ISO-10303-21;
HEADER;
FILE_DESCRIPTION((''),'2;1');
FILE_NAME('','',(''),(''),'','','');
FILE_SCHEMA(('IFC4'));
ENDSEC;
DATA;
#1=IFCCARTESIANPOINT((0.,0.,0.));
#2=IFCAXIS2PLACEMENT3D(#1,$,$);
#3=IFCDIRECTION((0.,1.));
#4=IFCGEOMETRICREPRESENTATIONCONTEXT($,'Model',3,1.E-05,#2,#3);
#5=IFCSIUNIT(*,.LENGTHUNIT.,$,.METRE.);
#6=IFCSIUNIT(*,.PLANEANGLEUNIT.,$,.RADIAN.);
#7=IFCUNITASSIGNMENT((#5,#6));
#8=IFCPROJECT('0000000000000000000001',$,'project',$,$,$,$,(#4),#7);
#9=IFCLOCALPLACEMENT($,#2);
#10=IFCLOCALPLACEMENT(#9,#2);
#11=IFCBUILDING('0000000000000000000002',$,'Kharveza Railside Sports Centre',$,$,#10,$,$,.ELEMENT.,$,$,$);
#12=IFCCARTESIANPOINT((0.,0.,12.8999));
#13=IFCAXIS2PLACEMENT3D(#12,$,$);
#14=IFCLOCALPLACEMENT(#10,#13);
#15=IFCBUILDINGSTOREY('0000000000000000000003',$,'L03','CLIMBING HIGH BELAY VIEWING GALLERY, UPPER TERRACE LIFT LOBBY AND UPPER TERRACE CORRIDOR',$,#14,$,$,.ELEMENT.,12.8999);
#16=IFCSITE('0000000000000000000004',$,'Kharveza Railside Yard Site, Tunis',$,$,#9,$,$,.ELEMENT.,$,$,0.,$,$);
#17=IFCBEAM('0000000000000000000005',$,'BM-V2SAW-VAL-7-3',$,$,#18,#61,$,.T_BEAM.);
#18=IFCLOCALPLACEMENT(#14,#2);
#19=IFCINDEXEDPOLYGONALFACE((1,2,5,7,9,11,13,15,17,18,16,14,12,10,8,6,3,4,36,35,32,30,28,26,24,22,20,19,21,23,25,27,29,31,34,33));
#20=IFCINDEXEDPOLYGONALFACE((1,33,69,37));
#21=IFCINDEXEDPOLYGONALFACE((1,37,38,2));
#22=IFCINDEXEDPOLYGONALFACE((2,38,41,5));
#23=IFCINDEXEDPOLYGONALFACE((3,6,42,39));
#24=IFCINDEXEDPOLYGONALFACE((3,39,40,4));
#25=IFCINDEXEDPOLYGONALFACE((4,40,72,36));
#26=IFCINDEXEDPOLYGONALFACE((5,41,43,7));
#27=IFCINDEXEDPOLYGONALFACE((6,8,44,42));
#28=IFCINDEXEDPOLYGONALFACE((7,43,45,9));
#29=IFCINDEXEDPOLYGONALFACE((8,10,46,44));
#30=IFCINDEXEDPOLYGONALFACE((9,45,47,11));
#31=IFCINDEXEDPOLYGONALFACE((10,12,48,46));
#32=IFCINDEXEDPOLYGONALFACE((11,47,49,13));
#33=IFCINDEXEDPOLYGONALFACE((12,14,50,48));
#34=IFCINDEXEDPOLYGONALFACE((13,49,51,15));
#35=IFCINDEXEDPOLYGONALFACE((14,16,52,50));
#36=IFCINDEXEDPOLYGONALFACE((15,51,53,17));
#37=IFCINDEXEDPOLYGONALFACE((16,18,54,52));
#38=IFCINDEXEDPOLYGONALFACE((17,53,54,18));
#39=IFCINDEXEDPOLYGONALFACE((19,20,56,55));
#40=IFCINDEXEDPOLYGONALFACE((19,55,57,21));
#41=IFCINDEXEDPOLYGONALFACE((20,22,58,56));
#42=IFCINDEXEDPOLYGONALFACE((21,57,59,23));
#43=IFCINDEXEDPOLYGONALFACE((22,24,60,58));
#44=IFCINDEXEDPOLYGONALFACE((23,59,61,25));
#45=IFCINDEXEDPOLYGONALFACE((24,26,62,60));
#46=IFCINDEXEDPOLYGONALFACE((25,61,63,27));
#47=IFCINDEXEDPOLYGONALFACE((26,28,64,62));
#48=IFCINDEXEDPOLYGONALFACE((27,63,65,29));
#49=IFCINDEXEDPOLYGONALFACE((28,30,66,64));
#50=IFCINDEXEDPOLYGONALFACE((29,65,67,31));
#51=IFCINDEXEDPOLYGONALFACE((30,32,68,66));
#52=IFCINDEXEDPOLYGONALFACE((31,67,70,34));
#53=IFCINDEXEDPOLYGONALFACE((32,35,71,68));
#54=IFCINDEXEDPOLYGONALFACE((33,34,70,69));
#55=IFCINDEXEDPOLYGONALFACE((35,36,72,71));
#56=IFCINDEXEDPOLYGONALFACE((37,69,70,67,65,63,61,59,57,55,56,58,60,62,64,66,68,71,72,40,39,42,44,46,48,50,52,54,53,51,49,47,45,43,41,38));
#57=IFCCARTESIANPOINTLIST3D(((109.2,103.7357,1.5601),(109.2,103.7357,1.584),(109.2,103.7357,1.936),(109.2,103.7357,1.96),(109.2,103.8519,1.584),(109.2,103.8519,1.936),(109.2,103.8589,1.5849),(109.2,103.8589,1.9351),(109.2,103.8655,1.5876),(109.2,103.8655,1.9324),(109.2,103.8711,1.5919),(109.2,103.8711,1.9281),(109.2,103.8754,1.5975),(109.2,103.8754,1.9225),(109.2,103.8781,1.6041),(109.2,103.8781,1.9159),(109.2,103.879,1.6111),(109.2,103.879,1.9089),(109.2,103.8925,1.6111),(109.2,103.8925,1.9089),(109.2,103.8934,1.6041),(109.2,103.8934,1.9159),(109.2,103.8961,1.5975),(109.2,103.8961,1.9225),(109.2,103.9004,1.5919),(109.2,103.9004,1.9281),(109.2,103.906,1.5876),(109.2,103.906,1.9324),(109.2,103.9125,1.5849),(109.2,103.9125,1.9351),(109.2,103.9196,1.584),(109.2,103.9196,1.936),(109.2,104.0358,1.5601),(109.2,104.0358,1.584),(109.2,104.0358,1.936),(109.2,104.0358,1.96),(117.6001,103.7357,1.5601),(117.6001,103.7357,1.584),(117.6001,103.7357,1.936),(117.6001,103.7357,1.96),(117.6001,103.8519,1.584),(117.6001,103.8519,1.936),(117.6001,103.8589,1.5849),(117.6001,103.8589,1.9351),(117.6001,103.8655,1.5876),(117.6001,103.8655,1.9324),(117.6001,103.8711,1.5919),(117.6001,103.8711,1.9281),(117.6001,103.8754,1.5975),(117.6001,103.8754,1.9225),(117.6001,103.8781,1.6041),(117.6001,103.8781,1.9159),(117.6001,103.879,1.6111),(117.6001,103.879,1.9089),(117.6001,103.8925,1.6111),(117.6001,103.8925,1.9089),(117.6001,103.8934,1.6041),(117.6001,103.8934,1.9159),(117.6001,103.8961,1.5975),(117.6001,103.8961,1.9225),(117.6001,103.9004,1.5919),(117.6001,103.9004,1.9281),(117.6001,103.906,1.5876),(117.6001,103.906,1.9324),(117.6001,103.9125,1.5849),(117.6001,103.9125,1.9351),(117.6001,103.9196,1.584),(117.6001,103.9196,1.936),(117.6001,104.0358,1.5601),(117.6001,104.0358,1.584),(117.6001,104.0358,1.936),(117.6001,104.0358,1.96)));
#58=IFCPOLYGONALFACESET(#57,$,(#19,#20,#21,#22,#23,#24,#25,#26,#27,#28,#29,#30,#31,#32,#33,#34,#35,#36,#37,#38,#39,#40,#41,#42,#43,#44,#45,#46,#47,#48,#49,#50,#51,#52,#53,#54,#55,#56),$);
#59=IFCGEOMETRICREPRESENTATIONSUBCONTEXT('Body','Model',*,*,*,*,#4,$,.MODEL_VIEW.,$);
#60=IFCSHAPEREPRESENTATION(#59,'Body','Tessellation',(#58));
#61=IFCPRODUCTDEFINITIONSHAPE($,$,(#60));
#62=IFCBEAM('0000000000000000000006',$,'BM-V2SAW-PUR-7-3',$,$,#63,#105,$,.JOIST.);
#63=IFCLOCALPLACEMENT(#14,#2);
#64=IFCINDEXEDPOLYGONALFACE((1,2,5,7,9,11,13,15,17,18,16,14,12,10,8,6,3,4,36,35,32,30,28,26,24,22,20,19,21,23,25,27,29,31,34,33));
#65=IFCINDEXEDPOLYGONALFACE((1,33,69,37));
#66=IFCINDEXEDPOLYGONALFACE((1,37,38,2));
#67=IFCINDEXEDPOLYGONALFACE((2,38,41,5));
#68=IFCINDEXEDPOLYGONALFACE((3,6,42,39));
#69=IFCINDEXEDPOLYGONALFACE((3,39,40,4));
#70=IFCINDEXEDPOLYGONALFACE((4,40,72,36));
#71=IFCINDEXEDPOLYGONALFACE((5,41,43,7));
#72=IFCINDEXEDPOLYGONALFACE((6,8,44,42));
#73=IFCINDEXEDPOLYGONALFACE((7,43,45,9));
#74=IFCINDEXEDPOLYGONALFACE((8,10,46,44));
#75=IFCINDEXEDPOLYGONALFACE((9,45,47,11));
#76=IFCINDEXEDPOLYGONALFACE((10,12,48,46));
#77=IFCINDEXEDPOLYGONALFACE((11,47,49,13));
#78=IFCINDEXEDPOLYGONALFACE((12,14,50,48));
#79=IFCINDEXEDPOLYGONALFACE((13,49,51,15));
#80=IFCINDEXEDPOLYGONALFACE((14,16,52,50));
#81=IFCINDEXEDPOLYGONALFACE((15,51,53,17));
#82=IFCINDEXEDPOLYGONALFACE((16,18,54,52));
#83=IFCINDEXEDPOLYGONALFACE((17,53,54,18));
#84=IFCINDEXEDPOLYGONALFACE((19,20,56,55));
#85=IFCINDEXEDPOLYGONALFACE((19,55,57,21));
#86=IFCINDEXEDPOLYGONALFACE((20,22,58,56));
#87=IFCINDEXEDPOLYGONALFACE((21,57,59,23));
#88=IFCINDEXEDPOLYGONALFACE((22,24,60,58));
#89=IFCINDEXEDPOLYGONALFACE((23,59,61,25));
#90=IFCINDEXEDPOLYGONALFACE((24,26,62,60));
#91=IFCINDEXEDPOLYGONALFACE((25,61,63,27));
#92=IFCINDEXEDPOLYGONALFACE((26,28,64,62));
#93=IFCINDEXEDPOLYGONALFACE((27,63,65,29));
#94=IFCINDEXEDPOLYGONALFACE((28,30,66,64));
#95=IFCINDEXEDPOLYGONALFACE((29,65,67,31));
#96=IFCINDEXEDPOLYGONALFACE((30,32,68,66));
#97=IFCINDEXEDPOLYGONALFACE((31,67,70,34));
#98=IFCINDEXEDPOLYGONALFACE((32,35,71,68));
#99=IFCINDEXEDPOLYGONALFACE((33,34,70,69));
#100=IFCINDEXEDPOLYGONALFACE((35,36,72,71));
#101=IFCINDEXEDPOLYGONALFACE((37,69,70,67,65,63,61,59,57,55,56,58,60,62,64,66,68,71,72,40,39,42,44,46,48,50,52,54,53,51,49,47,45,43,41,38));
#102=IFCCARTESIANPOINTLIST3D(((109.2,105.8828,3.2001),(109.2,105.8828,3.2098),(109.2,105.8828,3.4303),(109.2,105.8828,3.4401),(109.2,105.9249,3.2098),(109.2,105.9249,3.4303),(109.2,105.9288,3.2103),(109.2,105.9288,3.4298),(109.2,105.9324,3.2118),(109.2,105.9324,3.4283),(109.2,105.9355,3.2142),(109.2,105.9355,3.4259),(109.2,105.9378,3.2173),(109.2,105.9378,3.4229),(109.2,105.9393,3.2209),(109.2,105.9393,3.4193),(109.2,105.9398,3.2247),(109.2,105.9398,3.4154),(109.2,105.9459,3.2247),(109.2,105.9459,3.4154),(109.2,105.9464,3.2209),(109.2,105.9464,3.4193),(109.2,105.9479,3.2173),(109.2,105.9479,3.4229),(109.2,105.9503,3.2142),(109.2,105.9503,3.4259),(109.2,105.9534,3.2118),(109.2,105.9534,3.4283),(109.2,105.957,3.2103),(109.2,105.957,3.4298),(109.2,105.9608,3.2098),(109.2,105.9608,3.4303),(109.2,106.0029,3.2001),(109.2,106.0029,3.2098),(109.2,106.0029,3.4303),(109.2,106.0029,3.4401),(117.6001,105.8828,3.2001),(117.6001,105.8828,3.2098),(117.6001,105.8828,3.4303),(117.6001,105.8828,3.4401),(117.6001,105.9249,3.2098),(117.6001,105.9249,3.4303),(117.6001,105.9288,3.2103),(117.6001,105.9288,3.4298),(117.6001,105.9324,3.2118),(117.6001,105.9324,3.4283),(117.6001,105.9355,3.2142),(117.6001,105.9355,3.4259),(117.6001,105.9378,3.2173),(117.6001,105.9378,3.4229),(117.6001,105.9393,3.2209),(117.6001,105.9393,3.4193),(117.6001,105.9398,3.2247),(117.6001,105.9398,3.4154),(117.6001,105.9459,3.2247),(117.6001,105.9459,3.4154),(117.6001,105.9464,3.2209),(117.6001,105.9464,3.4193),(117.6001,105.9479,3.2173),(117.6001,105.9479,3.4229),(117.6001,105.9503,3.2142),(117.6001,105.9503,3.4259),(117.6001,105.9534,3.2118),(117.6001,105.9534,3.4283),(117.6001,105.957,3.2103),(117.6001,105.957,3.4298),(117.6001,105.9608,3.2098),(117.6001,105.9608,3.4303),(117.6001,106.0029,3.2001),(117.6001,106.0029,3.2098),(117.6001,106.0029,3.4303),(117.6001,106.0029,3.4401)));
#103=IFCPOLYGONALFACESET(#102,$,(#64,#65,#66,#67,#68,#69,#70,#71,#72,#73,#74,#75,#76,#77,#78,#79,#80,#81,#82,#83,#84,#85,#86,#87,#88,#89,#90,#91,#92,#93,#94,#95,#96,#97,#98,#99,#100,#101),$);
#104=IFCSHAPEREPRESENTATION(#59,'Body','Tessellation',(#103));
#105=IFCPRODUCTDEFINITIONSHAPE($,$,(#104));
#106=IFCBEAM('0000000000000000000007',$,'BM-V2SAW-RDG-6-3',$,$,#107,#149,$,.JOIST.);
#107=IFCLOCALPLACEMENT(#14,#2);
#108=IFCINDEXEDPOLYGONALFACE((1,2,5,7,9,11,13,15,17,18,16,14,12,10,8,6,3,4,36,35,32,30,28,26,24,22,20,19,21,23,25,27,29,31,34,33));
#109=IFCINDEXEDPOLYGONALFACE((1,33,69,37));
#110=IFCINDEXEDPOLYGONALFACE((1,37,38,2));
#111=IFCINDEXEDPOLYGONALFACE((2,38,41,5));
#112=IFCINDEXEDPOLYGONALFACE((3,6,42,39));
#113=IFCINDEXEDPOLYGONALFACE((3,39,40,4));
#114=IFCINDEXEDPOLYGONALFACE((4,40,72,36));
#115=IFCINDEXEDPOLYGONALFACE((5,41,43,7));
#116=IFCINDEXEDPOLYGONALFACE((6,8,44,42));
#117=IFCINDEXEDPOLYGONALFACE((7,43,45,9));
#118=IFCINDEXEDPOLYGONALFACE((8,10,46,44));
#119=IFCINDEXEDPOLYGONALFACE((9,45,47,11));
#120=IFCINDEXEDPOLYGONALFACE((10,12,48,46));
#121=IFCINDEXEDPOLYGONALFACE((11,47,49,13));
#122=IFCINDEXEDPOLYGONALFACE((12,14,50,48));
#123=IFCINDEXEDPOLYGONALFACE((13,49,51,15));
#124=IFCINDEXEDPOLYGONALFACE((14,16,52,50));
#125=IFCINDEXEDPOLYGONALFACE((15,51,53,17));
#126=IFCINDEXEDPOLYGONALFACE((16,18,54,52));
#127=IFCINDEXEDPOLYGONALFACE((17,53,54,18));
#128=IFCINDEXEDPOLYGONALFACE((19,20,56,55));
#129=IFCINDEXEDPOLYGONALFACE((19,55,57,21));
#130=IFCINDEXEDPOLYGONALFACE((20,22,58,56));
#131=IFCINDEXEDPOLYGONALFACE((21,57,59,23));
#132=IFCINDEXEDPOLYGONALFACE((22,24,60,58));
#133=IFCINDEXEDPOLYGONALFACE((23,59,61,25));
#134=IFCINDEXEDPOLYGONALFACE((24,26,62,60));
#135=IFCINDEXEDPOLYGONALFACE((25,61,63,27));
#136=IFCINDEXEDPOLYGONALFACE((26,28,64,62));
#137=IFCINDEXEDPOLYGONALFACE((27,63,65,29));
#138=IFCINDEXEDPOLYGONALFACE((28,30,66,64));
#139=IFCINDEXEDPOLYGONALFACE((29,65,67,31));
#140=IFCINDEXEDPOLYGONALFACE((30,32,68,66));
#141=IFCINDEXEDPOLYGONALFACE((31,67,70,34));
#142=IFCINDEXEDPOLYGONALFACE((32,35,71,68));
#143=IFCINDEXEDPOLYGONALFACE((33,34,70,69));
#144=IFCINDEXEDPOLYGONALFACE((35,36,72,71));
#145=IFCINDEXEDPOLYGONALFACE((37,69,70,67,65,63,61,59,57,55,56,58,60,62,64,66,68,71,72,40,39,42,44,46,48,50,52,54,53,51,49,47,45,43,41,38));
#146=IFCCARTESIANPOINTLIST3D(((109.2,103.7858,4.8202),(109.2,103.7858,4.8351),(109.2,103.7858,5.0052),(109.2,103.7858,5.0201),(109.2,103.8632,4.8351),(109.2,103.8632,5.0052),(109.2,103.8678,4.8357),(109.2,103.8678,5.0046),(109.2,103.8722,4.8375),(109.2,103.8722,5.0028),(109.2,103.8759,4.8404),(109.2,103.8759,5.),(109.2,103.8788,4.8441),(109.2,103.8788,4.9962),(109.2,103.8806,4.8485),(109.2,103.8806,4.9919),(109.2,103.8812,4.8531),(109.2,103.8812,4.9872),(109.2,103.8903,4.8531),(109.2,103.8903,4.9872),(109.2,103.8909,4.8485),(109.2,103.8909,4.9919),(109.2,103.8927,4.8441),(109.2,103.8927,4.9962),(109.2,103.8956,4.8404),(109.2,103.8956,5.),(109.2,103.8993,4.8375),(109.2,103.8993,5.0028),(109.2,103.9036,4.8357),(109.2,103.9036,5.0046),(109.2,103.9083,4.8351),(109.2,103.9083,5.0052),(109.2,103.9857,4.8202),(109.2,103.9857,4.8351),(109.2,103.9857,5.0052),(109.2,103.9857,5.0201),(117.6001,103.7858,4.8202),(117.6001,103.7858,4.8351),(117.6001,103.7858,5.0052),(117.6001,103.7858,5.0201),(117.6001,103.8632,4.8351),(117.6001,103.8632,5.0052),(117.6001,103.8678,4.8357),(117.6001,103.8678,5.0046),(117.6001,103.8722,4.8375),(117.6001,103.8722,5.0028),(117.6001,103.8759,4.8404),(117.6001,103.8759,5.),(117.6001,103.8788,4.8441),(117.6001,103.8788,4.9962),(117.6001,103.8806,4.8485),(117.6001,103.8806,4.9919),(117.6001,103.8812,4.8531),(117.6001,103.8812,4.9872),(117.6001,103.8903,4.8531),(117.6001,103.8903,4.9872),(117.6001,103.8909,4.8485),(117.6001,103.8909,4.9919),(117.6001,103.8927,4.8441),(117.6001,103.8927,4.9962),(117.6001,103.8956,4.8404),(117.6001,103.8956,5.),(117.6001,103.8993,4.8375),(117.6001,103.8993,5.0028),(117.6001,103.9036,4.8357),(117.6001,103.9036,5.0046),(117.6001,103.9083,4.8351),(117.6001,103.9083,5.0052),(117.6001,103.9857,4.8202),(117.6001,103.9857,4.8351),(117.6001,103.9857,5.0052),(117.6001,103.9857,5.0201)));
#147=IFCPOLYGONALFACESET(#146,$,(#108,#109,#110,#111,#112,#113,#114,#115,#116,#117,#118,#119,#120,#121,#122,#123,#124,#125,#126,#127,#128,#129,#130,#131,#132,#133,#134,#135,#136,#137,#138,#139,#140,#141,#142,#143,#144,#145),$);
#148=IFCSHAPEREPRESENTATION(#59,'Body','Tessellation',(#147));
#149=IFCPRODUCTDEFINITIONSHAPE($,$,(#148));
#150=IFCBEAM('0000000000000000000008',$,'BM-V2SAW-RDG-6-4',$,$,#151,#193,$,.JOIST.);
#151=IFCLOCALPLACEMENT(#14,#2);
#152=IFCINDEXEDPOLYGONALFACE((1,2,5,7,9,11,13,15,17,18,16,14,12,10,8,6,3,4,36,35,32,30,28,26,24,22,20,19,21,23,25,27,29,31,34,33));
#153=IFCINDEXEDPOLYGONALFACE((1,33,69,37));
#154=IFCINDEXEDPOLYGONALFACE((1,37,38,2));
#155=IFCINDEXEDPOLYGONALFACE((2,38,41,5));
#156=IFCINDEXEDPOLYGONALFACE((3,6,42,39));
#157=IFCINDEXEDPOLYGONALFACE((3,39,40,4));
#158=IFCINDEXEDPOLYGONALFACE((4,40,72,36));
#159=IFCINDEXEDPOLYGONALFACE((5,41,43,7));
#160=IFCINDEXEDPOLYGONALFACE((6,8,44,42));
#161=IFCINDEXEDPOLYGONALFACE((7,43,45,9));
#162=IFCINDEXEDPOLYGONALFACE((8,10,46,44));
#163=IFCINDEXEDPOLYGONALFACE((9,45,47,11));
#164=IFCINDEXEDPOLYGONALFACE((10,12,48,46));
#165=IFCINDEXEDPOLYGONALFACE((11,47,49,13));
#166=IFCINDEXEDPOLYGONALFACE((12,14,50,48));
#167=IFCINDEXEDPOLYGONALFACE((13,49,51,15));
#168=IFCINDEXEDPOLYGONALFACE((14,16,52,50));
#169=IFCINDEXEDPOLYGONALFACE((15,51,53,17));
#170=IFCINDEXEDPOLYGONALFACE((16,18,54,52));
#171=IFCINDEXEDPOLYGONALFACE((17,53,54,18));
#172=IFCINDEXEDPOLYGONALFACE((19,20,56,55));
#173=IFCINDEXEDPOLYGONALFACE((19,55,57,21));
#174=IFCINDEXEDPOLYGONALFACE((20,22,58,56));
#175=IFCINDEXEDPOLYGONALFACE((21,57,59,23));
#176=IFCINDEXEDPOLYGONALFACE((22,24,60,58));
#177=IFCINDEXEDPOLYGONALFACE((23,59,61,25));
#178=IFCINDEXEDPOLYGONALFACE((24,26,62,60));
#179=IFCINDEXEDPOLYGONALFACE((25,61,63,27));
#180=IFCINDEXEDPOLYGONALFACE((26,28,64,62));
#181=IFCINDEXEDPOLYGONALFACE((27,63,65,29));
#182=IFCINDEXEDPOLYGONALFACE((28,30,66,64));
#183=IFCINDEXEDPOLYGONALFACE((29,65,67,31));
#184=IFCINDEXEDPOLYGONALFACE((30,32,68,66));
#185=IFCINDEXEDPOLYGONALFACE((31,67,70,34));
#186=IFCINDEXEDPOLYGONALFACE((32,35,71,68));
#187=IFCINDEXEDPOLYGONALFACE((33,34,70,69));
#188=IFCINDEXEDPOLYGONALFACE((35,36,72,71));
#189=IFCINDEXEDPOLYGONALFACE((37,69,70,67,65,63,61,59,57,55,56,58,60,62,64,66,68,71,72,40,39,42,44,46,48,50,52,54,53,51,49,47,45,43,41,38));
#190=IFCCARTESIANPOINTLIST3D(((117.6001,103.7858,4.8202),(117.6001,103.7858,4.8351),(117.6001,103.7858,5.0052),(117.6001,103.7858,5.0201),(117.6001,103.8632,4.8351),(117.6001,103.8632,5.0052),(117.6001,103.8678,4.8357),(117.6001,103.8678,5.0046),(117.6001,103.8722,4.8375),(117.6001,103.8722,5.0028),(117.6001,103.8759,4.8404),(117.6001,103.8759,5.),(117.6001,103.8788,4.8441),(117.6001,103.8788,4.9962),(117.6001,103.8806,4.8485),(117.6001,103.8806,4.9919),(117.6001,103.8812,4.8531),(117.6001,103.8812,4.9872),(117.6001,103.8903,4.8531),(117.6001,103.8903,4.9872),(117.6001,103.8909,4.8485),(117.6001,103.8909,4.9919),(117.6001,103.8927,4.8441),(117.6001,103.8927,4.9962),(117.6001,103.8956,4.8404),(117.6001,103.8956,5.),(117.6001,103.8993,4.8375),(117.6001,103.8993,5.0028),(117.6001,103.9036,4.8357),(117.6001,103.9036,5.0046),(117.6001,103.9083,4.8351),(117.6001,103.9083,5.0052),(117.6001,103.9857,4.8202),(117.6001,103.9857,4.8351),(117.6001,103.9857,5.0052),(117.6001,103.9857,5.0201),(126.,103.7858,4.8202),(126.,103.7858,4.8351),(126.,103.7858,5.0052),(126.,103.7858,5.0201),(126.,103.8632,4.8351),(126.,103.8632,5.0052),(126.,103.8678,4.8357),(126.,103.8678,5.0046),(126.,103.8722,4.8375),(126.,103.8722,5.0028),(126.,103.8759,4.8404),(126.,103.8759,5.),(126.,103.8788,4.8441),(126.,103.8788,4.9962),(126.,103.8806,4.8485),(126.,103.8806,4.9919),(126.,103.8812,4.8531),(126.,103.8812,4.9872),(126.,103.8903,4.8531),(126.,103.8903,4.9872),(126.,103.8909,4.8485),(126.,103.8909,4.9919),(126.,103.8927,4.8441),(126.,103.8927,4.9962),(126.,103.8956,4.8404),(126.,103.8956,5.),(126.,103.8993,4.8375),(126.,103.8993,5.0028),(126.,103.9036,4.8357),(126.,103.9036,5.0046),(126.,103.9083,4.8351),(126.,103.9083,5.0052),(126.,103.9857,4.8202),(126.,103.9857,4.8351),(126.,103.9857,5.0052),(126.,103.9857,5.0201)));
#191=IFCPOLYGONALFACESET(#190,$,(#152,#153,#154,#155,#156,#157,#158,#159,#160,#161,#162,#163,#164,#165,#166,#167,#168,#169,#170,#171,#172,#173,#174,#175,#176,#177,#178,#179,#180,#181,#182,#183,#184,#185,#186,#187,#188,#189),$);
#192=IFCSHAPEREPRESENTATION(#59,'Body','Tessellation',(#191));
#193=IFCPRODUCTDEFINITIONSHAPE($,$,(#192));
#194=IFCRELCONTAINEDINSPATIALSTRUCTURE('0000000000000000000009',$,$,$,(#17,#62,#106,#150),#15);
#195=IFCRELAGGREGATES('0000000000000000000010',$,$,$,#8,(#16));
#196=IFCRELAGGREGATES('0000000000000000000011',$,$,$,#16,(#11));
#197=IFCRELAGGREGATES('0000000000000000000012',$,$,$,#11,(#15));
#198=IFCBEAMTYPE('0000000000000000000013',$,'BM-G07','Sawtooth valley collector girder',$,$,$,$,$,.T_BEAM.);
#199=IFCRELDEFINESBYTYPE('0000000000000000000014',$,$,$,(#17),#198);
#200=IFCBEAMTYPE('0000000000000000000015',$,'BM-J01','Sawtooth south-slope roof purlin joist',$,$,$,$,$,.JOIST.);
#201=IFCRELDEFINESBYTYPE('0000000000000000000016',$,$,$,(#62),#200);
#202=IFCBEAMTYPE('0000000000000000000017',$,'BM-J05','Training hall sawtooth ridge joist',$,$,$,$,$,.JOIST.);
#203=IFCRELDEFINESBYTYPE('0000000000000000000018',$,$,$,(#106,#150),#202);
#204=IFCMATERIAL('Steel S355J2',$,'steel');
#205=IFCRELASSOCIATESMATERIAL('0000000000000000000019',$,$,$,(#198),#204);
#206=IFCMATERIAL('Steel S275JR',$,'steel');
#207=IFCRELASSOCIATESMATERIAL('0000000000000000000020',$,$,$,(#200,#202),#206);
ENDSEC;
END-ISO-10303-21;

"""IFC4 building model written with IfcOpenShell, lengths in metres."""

from ifc_helpers import new_model, si_unit, direction, frame, origin, origin_2d, place, context, subcontext, project, spatial, i_section, extrude, material, material_profile, profile_set, type_object, element, save


model = new_model("IFC4")

# Units and contexts
model_context = context("Model", 3, precision=1e-05, world=origin(), true_north=direction((0.0, 1.0)))
body_context = subcontext(model_context, "Body", "Model", "MODEL_VIEW")
ifc_project = project(units=[si_unit("LENGTHUNIT", "METRE"), si_unit("PLANEANGLEUNIT", "RADIAN")], contexts=[model_context])

# Site, building, storey
site_placement = place(None, origin())
site = spatial("IfcSite", under=ifc_project, at=site_placement, Name="Kharveza Railside Yard Site, Tunis", CompositionType="ELEMENT", RefElevation=0.0)
building_placement = place(site_placement, origin())
building = spatial("IfcBuilding", under=site, at=building_placement, Name="Kharveza Railside Sports Centre", CompositionType="ELEMENT")
storey_placement = place(building_placement, frame((0.0, 0.0, 12.8999)))
storey = spatial("IfcBuildingStorey", under=building, at=storey_placement, Name="L03", Description="CLIMBING HIGH BELAY VIEWING GALLERY, UPPER TERRACE LIFT LOBBY AND UPPER TERRACE CORRIDOR", CompositionType="ELEMENT", Elevation=12.8999)

# Beams
ifc_material_1 = material(Name="Steel S355J2", Category="steel")
ifc_material_profile_1 = material_profile(ifc_material_1, i_section(OverallWidth=0.3, OverallDepth=0.3999, WebThickness=0.0134, FlangeThickness=0.0239, FilletRadius=0.0271, at=origin_2d()), Name="HEB 400")
ifc_profile_set_1 = profile_set([ifc_material_profile_1], Name="Steel S355J2")
beam_type_1 = type_object("IfcBeamType", Name="BM-G07", Description="Sawtooth valley collector girder", PredefinedType="T_BEAM", material=ifc_profile_set_1)
beam_1_placement = place(storey_placement, frame((109.2, 103.8857, 1.76), z_axis=(1.0, 0.0, 0.0), x_axis=(0.0, 1.0, 0.0)))
element("IfcBeam", 1, at=beam_1_placement, inside=storey, type_object=beam_type_1, Name="BM-V2SAW-VAL-7-3", PredefinedType="T_BEAM", context=body_context, shape_type="SweptSolid", body=[
    extrude(i_section(OverallWidth=0.3, OverallDepth=0.3999, WebThickness=0.0134, FlangeThickness=0.0239, FilletRadius=0.0271, at=origin_2d()), origin(), (0.0, 0.0, 1.0), 8.4001),
])
ifc_material_2 = material(Name="Steel S275JR", Category="steel")
ifc_material_profile_2 = material_profile(ifc_material_2, i_section(OverallWidth=0.1201, OverallDepth=0.24, WebThickness=0.0061, FlangeThickness=0.0098, FilletRadius=0.0149, at=origin_2d()), Name="IPE 240")
ifc_profile_set_2 = profile_set([ifc_material_profile_2], Name="Steel S275JR")
beam_type_2 = type_object("IfcBeamType", Name="BM-J01", Description="Sawtooth south-slope roof purlin joist", PredefinedType="JOIST", material=ifc_profile_set_2)
beam_2_placement = place(storey_placement, frame((109.2, 105.9429, 3.3201), z_axis=(1.0, 0.0, 0.0), x_axis=(0.0, 1.0, 0.0)))
element("IfcBeam", 2, at=beam_2_placement, inside=storey, type_object=beam_type_2, Name="BM-V2SAW-PUR-7-3", PredefinedType="JOIST", context=body_context, shape_type="SweptSolid", body=[
    extrude(i_section(OverallWidth=0.1201, OverallDepth=0.24, WebThickness=0.0061, FlangeThickness=0.0098, FilletRadius=0.0149, at=origin_2d()), origin(), (0.0, 0.0, 1.0), 8.4001),
])
ifc_material_profile_3 = material_profile(ifc_material_2, i_section(OverallWidth=0.2, OverallDepth=0.2, WebThickness=0.009, FlangeThickness=0.0149, FilletRadius=0.0181, at=origin_2d()), Name="HEB 200")
ifc_profile_set_3 = profile_set([ifc_material_profile_3], Name="Steel S275JR")
beam_type_3 = type_object("IfcBeamType", Name="BM-J05", Description="Training hall sawtooth ridge joist", PredefinedType="JOIST", material=ifc_profile_set_3)
beam_3_placement = place(storey_placement, frame((109.2, 103.8857, 4.9202), z_axis=(1.0, 0.0, 0.0), x_axis=(0.0, 1.0, 0.0)))
element("IfcBeam", 3, at=beam_3_placement, inside=storey, type_object=beam_type_3, Name="BM-V2SAW-RDG-6-3", PredefinedType="JOIST", context=body_context, shape_type="SweptSolid", body=[
    extrude(i_section(OverallWidth=0.2, OverallDepth=0.2, WebThickness=0.009, FlangeThickness=0.0149, FilletRadius=0.0181, at=origin_2d()), origin(), (0.0, 0.0, 1.0), 8.4001),
])
beam_4_placement = place(storey_placement, frame((117.6001, 103.8857, 4.9202), z_axis=(1.0, 0.0, 0.0), x_axis=(0.0, 1.0, 0.0)))
element("IfcBeam", 4, at=beam_4_placement, inside=storey, type_object=beam_type_3, Name="BM-V2SAW-RDG-6-4", PredefinedType="JOIST", context=body_context, shape_type="SweptSolid", body=[
    extrude(i_section(OverallWidth=0.2, OverallDepth=0.2, WebThickness=0.009, FlangeThickness=0.0149, FilletRadius=0.0181, at=origin_2d()), origin(), (0.0, 0.0, 1.0), 8.3999),
])

save(model, "model.ifc")
